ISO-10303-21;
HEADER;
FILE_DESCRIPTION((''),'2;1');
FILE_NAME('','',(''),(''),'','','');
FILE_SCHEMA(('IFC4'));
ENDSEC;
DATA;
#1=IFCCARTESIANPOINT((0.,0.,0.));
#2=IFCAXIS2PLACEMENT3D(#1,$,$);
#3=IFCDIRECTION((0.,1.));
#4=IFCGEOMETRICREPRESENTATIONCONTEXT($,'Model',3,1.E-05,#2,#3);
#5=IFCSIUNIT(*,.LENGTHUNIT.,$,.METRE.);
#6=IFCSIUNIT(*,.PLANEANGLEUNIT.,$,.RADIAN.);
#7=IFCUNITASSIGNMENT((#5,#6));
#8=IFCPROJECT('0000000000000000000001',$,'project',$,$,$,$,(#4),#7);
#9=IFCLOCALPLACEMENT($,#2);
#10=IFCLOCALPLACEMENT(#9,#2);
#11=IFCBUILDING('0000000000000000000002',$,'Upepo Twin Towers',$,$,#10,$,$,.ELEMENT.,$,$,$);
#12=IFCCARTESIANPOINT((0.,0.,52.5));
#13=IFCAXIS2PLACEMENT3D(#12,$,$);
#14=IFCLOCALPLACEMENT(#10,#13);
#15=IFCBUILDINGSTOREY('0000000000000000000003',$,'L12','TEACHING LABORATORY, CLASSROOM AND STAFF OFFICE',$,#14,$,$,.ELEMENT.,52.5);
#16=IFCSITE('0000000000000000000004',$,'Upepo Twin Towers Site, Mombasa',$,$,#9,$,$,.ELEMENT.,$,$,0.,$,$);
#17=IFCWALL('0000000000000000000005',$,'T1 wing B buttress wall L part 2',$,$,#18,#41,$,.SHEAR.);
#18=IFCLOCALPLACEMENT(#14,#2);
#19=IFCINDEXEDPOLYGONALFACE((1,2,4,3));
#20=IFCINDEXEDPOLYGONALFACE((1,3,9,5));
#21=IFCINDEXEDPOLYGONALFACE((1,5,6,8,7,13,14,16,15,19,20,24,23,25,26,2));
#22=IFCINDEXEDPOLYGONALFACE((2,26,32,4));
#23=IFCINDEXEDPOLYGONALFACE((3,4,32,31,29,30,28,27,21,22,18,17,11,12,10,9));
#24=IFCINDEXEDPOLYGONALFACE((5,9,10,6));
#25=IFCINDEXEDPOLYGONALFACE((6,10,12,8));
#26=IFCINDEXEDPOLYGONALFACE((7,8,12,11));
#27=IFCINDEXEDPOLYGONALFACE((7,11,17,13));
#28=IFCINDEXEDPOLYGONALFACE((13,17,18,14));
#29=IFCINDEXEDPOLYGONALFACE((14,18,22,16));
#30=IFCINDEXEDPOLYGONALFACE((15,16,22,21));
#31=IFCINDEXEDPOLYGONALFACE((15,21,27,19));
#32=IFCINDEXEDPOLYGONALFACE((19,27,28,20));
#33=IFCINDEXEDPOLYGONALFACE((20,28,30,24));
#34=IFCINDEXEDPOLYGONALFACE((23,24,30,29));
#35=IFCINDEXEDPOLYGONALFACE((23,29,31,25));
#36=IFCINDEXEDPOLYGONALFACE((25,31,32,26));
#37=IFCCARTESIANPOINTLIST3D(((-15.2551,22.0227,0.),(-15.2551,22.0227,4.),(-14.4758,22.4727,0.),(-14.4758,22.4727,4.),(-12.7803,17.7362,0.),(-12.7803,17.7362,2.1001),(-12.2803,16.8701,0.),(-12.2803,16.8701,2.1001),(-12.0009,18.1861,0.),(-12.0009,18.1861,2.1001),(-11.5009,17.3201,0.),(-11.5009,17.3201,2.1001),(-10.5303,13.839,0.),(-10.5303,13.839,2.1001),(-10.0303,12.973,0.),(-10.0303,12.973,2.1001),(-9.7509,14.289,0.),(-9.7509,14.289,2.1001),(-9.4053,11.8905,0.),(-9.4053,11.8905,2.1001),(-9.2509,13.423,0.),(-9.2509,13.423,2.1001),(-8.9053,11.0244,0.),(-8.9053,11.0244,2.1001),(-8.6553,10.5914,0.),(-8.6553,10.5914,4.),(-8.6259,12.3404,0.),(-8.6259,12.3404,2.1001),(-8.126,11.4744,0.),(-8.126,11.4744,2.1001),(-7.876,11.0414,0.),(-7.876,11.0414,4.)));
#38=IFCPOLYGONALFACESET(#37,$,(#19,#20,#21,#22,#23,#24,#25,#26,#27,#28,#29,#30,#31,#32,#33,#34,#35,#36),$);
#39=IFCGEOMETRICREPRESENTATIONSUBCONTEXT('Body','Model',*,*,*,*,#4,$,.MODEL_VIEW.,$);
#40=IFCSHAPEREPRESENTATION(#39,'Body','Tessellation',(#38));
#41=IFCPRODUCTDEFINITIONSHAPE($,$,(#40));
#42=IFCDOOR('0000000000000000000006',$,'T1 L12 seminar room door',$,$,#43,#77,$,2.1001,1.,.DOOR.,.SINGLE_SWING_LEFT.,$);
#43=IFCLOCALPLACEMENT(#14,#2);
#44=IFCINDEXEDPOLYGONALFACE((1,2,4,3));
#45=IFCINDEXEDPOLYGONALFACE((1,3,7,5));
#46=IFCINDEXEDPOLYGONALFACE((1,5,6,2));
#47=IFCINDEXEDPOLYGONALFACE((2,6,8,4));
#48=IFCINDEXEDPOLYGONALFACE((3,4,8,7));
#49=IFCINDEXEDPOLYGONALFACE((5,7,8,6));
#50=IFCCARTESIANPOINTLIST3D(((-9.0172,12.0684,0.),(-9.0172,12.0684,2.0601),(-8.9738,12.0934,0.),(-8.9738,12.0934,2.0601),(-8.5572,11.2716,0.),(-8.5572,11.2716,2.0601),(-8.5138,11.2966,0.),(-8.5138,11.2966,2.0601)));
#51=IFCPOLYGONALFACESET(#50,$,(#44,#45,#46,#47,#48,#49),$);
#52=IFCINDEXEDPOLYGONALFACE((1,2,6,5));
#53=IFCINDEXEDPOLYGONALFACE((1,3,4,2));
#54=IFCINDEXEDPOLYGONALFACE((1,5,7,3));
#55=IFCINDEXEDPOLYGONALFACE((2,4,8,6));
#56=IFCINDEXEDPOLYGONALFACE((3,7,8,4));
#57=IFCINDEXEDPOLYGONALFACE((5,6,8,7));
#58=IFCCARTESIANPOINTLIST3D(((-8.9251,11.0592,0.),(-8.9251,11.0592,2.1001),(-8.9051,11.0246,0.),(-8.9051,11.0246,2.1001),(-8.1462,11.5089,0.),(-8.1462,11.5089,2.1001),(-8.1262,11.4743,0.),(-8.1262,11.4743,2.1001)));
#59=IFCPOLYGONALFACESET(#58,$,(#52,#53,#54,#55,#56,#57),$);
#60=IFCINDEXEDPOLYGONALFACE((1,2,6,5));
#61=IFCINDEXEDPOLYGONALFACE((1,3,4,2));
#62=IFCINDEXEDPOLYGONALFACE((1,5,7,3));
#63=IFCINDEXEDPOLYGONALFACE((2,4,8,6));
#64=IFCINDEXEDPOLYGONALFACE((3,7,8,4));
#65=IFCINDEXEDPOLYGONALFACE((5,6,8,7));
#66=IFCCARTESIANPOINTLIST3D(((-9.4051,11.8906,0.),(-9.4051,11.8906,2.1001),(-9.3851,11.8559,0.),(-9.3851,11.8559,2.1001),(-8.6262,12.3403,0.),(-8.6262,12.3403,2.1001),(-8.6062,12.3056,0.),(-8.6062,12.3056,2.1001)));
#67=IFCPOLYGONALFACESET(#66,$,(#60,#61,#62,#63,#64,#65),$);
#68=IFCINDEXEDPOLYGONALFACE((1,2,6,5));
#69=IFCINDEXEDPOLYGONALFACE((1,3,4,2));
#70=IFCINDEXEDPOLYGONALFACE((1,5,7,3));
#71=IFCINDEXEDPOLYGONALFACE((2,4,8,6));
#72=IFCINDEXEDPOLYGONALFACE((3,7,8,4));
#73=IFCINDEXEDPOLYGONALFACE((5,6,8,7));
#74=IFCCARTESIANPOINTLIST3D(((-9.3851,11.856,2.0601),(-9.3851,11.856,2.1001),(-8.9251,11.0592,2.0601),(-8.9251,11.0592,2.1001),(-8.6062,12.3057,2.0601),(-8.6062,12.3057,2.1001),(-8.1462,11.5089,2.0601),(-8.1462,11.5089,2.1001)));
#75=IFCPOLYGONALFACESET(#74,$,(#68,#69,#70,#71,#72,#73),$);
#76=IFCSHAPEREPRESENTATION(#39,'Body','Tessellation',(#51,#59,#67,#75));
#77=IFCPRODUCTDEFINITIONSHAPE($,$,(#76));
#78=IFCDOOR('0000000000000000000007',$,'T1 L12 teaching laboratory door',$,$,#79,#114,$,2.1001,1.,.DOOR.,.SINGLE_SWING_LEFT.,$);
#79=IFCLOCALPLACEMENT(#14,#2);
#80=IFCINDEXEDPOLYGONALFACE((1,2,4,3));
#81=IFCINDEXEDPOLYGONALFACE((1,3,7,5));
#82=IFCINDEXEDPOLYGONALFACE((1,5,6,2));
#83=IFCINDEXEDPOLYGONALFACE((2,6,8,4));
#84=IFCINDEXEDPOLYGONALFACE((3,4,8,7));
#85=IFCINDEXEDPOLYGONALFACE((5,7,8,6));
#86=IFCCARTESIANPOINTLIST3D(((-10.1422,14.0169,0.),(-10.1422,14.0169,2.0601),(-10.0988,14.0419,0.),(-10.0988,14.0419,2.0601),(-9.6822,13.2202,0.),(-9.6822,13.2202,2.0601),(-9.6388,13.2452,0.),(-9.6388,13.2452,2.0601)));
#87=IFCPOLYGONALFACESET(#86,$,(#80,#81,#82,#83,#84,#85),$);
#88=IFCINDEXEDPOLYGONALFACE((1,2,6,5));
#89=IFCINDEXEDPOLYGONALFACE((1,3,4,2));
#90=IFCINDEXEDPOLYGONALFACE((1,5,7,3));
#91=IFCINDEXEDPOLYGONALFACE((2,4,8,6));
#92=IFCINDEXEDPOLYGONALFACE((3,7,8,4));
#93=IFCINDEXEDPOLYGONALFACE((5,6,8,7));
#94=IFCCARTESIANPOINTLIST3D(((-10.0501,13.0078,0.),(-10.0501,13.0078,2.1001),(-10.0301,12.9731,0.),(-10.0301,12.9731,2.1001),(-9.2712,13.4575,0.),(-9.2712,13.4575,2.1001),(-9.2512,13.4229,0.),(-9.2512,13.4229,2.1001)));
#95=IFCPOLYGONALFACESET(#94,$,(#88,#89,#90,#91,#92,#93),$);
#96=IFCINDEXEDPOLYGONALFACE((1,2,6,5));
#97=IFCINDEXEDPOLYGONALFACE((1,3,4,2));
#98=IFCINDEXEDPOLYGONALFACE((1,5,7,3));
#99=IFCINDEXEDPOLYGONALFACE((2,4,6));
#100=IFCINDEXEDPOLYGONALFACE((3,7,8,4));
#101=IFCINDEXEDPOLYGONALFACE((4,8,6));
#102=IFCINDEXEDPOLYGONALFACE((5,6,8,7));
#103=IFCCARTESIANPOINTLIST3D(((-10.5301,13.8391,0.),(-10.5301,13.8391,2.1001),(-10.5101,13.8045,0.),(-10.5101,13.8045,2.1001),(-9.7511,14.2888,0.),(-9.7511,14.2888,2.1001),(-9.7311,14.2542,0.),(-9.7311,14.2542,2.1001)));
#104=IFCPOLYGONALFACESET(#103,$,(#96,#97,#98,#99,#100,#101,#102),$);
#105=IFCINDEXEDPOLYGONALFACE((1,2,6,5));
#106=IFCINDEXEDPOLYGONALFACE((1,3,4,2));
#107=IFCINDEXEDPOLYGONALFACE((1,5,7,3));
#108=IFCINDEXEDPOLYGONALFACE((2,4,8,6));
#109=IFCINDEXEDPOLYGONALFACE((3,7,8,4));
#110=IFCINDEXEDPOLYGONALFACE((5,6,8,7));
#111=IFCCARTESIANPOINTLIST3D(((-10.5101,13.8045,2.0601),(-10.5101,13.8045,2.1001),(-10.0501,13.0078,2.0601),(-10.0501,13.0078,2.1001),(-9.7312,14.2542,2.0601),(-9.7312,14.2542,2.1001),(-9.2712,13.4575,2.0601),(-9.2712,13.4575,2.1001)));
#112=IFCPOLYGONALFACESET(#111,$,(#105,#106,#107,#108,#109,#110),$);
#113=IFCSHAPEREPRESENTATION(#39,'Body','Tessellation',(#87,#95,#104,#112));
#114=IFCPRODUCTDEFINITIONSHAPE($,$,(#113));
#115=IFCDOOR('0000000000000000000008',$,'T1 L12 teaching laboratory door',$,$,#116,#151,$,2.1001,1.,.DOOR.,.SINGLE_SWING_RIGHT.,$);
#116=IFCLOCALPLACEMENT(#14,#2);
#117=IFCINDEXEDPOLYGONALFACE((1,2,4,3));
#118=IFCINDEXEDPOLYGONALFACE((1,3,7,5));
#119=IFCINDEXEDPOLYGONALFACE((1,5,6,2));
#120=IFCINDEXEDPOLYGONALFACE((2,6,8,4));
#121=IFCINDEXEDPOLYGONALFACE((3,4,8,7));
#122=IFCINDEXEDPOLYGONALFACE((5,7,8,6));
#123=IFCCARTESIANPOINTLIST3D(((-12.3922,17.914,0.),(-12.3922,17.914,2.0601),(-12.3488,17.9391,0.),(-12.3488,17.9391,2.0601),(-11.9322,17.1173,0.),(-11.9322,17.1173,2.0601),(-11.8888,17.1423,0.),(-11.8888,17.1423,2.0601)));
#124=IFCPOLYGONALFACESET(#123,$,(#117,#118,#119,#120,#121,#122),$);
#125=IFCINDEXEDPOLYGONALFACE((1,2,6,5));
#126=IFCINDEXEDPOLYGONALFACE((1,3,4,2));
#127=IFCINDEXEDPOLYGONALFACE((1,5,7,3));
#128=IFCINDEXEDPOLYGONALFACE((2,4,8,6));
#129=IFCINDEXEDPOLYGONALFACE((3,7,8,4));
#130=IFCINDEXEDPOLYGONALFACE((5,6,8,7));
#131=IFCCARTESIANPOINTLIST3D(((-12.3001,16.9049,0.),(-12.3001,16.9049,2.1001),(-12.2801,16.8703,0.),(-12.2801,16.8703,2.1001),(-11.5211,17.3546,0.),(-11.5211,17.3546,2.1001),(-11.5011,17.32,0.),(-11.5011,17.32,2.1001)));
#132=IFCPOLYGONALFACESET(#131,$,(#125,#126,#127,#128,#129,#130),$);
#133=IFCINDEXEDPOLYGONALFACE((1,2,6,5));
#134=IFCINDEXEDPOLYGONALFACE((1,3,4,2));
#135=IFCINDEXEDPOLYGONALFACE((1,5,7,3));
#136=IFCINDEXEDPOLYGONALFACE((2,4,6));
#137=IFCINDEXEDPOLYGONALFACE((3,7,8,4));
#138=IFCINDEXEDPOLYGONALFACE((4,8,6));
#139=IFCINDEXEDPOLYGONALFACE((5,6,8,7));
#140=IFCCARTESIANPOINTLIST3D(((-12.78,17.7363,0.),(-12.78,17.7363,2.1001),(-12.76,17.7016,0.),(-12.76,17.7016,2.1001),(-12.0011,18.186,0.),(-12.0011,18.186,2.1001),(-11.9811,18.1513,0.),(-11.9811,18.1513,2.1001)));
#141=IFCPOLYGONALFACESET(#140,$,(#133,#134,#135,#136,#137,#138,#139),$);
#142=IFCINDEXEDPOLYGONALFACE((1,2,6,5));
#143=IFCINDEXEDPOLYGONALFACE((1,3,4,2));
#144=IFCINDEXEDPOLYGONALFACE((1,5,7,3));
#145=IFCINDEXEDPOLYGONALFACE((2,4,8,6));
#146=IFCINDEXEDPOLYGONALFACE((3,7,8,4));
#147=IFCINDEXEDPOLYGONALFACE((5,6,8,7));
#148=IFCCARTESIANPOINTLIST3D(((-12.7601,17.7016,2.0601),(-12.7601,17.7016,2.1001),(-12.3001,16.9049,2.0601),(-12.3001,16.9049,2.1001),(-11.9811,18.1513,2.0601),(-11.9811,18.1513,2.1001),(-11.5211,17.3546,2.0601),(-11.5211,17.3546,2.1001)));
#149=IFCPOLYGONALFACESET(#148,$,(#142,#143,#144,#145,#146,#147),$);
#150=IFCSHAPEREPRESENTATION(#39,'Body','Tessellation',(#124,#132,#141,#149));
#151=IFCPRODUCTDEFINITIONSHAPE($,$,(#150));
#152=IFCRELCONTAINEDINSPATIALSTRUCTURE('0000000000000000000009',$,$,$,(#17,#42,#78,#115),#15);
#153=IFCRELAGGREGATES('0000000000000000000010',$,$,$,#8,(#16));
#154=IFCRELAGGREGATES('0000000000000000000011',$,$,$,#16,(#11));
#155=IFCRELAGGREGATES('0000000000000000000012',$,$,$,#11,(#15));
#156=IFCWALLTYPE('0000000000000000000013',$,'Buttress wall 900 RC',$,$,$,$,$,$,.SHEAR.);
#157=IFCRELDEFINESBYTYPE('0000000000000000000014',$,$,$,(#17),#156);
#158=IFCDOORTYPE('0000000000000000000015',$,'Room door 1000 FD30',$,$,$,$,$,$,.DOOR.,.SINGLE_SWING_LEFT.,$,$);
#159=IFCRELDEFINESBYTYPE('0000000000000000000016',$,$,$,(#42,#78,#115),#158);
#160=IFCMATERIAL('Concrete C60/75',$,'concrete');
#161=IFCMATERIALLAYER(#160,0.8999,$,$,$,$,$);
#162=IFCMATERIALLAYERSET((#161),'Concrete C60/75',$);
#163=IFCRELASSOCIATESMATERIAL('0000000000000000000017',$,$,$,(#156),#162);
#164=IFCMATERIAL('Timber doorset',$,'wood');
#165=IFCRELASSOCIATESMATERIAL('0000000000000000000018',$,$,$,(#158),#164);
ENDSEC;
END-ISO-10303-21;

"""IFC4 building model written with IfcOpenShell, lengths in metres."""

from ifc_helpers import new_model, si_unit, direction, frame, frame_2d, origin, place, context, subcontext, project, spatial, rectangle, extrude, material, layer, layer_set, type_object, element, fill, save


model = new_model("IFC4")

# Units and contexts
model_context = context("Model", 3, precision=1e-05, world=origin(), true_north=direction((0.0, 1.0)))
body_context = subcontext(model_context, "Body", "Model", "MODEL_VIEW")
ifc_project = project(units=[si_unit("LENGTHUNIT", "METRE"), si_unit("PLANEANGLEUNIT", "RADIAN")], contexts=[model_context])

# Site, building, storey
site_placement = place(None, origin())
site = spatial("IfcSite", under=ifc_project, at=site_placement, Name="Upepo Twin Towers Site, Mombasa", CompositionType="ELEMENT", RefElevation=0.0)
building_placement = place(site_placement, origin())
building = spatial("IfcBuilding", under=site, at=building_placement, Name="Upepo Twin Towers", CompositionType="ELEMENT")
storey_placement = place(building_placement, frame((0.0, 0.0, 52.5)))
storey = spatial("IfcBuildingStorey", under=building, at=storey_placement, Name="L12", Description="TEACHING LABORATORY, CLASSROOM AND STAFF OFFICE", CompositionType="ELEMENT", Elevation=52.5)

# Wall, openings, doors
ifc_material_1 = material(Name="Concrete C60/75", Category="concrete")
ifc_layer_1 = layer(ifc_material_1, 0.8999)
ifc_layer_set_1 = layer_set([ifc_layer_1], Name="Concrete C60/75")
wall_type_1 = type_object("IfcWallType", Name="Buttress wall 900 RC", PredefinedType="SHEAR", material=ifc_layer_set_1)
wall_1_placement = place(storey_placement, frame((-8.2656, 10.8164, 0.0), z_axis=(0.0, 0.0, 1.0), x_axis=(-0.499996, 0.866028, 0.0)))
wall_1 = element("IfcWall", 1, at=wall_1_placement, inside=storey, type_object=wall_type_1, Name="T1 wing B buttress wall L part 2", PredefinedType="SHEAR", context=body_context, shape_type="SweptSolid", body=[
    extrude(rectangle(XDim=13.1997, YDim=0.8999, at=frame_2d((6.5999, 0.0))), origin(), (0.0, 0.0, 1.0), 4.0),
])
opening_1_placement = place(wall_1_placement, frame((0.5, 0.0, 0.0)))
opening_1 = element("IfcOpeningElement", 2, at=opening_1_placement, cuts=wall_1, PredefinedType="OPENING", context=body_context, shape_type="SweptSolid", body=[
    extrude(rectangle(XDim=1.0, YDim=2.1001, at=frame_2d((0.5, 1.05))), frame((0.0, 0.46, 0.0), z_axis=(0.0, -1.0, 0.0), x_axis=(1.0, 0.0, 0.0)), (0.0, 0.0, 1.0), 0.9199),
])
opening_2_placement = place(wall_1_placement, frame((2.75, 0.0, 0.0)))
opening_2 = element("IfcOpeningElement", 3, at=opening_2_placement, cuts=wall_1, PredefinedType="OPENING", context=body_context, shape_type="SweptSolid", body=[
    extrude(rectangle(XDim=1.0, YDim=2.1001, at=frame_2d((0.5, 1.05))), frame((0.0, 0.46, 0.0), z_axis=(0.0, -1.0, 0.0), x_axis=(1.0, 0.0, 0.0)), (0.0, 0.0, 1.0), 0.9199),
])
opening_3_placement = place(wall_1_placement, frame((7.25, 0.0, 0.0)))
opening_3 = element("IfcOpeningElement", 4, at=opening_3_placement, cuts=wall_1, PredefinedType="OPENING", context=body_context, shape_type="SweptSolid", body=[
    extrude(rectangle(XDim=1.0, YDim=2.1001, at=frame_2d((0.5, 1.05))), frame((0.0, 0.46, 0.0), z_axis=(0.0, -1.0, 0.0), x_axis=(1.0, 0.0, 0.0)), (0.0, 0.0, 1.0), 0.9199),
])
ifc_material_2 = material(Name="Timber doorset", Category="wood")
door_type = type_object("IfcDoorType", Name="Room door 1000 FD30", OperationType="SINGLE_SWING_LEFT", PredefinedType="DOOR", material=ifc_material_2)
door_1_placement = place(opening_1_placement, origin())
door_1 = element("IfcDoor", 5, at=door_1_placement, inside=storey, type_object=door_type, Name="T1 L12 seminar room door", OperationType="SINGLE_SWING_LEFT", OverallHeight=2.1001, OverallWidth=1.0, PredefinedType="DOOR", context=body_context, shape_type="SweptSolid", body=[
    extrude(rectangle(XDim=0.92, YDim=2.0601, at=frame_2d((0.5, 1.03))), frame((0.0, 0.0249, 0.0), z_axis=(0.0, -1.0, 0.0), x_axis=(1.0, 0.0, 0.0)), (0.0, 0.0, 1.0), 0.05),
    extrude(rectangle(XDim=0.04, YDim=2.1001, at=frame_2d((0.02, 1.05))), frame((0.0, 0.4497, 0.0), z_axis=(0.0, -1.0, 0.0), x_axis=(1.0, 0.0, 0.0)), (0.0, 0.0, 1.0), 0.8994),
    extrude(rectangle(XDim=0.04, YDim=2.1001, at=frame_2d((0.98, 1.05))), frame((0.0, 0.4497, 0.0), z_axis=(0.0, -1.0, 0.0), x_axis=(1.0, 0.0, 0.0)), (0.0, 0.0, 1.0), 0.8994),
    extrude(rectangle(XDim=0.92, YDim=0.04, at=frame_2d((0.5, 2.0801))), frame((0.0, 0.4497, 0.0), z_axis=(0.0, -1.0, 0.0), x_axis=(1.0, 0.0, 0.0)), (0.0, 0.0, 1.0), 0.8994),
])
fill(opening_1, door_1)
door_2_placement = place(opening_2_placement, origin())
door_2 = element("IfcDoor", 6, at=door_2_placement, inside=storey, type_object=door_type, Name="T1 L12 teaching laboratory door", OperationType="SINGLE_SWING_LEFT", OverallHeight=2.1001, OverallWidth=1.0, PredefinedType="DOOR", context=body_context, shape_type="SweptSolid", body=[
    extrude(rectangle(XDim=0.92, YDim=2.0601, at=frame_2d((0.5, 1.03))), frame((0.0, 0.0249, 0.0), z_axis=(0.0, -1.0, 0.0), x_axis=(1.0, 0.0, 0.0)), (0.0, 0.0, 1.0), 0.05),
    extrude(rectangle(XDim=0.04, YDim=2.1001, at=frame_2d((0.02, 1.05))), frame((0.0, 0.4497, 0.0), z_axis=(0.0, -1.0, 0.0), x_axis=(1.0, 0.0, 0.0)), (0.0, 0.0, 1.0), 0.8994),
    extrude(rectangle(XDim=0.04, YDim=2.1001, at=frame_2d((0.98, 1.05))), frame((0.0, 0.4497, 0.0), z_axis=(0.0, -1.0, 0.0), x_axis=(1.0, 0.0, 0.0)), (0.0, 0.0, 1.0), 0.8994),
    extrude(rectangle(XDim=0.92, YDim=0.04, at=frame_2d((0.5, 2.0801))), frame((0.0, 0.4497, 0.0), z_axis=(0.0, -1.0, 0.0), x_axis=(1.0, 0.0, 0.0)), (0.0, 0.0, 1.0), 0.8994),
])
fill(opening_2, door_2)
door_3_placement = place(opening_3_placement, origin())
door_3 = element("IfcDoor", 7, at=door_3_placement, inside=storey, type_object=door_type, Name="T1 L12 teaching laboratory door", OperationType="SINGLE_SWING_RIGHT", OverallHeight=2.1001, OverallWidth=1.0, PredefinedType="DOOR", context=body_context, shape_type="SweptSolid", body=[
    extrude(rectangle(XDim=0.92, YDim=2.0601, at=frame_2d((0.5, 1.03))), frame((0.0, 0.0249, 0.0), z_axis=(0.0, -1.0, 0.0), x_axis=(1.0, 0.0, 0.0)), (0.0, 0.0, 1.0), 0.05),
    extrude(rectangle(XDim=0.04, YDim=2.1001, at=frame_2d((0.02, 1.05))), frame((0.0, 0.4497, 0.0), z_axis=(0.0, -1.0, 0.0), x_axis=(1.0, 0.0, 0.0)), (0.0, 0.0, 1.0), 0.8994),
    extrude(rectangle(XDim=0.04, YDim=2.1001, at=frame_2d((0.98, 1.05))), frame((0.0, 0.4497, 0.0), z_axis=(0.0, -1.0, 0.0), x_axis=(1.0, 0.0, 0.0)), (0.0, 0.0, 1.0), 0.8994),
    extrude(rectangle(XDim=0.92, YDim=0.04, at=frame_2d((0.5, 2.0801))), frame((0.0, 0.4497, 0.0), z_axis=(0.0, -1.0, 0.0), x_axis=(1.0, 0.0, 0.0)), (0.0, 0.0, 1.0), 0.8994),
])
fill(opening_3, door_3)

save(model, "model.ifc")
